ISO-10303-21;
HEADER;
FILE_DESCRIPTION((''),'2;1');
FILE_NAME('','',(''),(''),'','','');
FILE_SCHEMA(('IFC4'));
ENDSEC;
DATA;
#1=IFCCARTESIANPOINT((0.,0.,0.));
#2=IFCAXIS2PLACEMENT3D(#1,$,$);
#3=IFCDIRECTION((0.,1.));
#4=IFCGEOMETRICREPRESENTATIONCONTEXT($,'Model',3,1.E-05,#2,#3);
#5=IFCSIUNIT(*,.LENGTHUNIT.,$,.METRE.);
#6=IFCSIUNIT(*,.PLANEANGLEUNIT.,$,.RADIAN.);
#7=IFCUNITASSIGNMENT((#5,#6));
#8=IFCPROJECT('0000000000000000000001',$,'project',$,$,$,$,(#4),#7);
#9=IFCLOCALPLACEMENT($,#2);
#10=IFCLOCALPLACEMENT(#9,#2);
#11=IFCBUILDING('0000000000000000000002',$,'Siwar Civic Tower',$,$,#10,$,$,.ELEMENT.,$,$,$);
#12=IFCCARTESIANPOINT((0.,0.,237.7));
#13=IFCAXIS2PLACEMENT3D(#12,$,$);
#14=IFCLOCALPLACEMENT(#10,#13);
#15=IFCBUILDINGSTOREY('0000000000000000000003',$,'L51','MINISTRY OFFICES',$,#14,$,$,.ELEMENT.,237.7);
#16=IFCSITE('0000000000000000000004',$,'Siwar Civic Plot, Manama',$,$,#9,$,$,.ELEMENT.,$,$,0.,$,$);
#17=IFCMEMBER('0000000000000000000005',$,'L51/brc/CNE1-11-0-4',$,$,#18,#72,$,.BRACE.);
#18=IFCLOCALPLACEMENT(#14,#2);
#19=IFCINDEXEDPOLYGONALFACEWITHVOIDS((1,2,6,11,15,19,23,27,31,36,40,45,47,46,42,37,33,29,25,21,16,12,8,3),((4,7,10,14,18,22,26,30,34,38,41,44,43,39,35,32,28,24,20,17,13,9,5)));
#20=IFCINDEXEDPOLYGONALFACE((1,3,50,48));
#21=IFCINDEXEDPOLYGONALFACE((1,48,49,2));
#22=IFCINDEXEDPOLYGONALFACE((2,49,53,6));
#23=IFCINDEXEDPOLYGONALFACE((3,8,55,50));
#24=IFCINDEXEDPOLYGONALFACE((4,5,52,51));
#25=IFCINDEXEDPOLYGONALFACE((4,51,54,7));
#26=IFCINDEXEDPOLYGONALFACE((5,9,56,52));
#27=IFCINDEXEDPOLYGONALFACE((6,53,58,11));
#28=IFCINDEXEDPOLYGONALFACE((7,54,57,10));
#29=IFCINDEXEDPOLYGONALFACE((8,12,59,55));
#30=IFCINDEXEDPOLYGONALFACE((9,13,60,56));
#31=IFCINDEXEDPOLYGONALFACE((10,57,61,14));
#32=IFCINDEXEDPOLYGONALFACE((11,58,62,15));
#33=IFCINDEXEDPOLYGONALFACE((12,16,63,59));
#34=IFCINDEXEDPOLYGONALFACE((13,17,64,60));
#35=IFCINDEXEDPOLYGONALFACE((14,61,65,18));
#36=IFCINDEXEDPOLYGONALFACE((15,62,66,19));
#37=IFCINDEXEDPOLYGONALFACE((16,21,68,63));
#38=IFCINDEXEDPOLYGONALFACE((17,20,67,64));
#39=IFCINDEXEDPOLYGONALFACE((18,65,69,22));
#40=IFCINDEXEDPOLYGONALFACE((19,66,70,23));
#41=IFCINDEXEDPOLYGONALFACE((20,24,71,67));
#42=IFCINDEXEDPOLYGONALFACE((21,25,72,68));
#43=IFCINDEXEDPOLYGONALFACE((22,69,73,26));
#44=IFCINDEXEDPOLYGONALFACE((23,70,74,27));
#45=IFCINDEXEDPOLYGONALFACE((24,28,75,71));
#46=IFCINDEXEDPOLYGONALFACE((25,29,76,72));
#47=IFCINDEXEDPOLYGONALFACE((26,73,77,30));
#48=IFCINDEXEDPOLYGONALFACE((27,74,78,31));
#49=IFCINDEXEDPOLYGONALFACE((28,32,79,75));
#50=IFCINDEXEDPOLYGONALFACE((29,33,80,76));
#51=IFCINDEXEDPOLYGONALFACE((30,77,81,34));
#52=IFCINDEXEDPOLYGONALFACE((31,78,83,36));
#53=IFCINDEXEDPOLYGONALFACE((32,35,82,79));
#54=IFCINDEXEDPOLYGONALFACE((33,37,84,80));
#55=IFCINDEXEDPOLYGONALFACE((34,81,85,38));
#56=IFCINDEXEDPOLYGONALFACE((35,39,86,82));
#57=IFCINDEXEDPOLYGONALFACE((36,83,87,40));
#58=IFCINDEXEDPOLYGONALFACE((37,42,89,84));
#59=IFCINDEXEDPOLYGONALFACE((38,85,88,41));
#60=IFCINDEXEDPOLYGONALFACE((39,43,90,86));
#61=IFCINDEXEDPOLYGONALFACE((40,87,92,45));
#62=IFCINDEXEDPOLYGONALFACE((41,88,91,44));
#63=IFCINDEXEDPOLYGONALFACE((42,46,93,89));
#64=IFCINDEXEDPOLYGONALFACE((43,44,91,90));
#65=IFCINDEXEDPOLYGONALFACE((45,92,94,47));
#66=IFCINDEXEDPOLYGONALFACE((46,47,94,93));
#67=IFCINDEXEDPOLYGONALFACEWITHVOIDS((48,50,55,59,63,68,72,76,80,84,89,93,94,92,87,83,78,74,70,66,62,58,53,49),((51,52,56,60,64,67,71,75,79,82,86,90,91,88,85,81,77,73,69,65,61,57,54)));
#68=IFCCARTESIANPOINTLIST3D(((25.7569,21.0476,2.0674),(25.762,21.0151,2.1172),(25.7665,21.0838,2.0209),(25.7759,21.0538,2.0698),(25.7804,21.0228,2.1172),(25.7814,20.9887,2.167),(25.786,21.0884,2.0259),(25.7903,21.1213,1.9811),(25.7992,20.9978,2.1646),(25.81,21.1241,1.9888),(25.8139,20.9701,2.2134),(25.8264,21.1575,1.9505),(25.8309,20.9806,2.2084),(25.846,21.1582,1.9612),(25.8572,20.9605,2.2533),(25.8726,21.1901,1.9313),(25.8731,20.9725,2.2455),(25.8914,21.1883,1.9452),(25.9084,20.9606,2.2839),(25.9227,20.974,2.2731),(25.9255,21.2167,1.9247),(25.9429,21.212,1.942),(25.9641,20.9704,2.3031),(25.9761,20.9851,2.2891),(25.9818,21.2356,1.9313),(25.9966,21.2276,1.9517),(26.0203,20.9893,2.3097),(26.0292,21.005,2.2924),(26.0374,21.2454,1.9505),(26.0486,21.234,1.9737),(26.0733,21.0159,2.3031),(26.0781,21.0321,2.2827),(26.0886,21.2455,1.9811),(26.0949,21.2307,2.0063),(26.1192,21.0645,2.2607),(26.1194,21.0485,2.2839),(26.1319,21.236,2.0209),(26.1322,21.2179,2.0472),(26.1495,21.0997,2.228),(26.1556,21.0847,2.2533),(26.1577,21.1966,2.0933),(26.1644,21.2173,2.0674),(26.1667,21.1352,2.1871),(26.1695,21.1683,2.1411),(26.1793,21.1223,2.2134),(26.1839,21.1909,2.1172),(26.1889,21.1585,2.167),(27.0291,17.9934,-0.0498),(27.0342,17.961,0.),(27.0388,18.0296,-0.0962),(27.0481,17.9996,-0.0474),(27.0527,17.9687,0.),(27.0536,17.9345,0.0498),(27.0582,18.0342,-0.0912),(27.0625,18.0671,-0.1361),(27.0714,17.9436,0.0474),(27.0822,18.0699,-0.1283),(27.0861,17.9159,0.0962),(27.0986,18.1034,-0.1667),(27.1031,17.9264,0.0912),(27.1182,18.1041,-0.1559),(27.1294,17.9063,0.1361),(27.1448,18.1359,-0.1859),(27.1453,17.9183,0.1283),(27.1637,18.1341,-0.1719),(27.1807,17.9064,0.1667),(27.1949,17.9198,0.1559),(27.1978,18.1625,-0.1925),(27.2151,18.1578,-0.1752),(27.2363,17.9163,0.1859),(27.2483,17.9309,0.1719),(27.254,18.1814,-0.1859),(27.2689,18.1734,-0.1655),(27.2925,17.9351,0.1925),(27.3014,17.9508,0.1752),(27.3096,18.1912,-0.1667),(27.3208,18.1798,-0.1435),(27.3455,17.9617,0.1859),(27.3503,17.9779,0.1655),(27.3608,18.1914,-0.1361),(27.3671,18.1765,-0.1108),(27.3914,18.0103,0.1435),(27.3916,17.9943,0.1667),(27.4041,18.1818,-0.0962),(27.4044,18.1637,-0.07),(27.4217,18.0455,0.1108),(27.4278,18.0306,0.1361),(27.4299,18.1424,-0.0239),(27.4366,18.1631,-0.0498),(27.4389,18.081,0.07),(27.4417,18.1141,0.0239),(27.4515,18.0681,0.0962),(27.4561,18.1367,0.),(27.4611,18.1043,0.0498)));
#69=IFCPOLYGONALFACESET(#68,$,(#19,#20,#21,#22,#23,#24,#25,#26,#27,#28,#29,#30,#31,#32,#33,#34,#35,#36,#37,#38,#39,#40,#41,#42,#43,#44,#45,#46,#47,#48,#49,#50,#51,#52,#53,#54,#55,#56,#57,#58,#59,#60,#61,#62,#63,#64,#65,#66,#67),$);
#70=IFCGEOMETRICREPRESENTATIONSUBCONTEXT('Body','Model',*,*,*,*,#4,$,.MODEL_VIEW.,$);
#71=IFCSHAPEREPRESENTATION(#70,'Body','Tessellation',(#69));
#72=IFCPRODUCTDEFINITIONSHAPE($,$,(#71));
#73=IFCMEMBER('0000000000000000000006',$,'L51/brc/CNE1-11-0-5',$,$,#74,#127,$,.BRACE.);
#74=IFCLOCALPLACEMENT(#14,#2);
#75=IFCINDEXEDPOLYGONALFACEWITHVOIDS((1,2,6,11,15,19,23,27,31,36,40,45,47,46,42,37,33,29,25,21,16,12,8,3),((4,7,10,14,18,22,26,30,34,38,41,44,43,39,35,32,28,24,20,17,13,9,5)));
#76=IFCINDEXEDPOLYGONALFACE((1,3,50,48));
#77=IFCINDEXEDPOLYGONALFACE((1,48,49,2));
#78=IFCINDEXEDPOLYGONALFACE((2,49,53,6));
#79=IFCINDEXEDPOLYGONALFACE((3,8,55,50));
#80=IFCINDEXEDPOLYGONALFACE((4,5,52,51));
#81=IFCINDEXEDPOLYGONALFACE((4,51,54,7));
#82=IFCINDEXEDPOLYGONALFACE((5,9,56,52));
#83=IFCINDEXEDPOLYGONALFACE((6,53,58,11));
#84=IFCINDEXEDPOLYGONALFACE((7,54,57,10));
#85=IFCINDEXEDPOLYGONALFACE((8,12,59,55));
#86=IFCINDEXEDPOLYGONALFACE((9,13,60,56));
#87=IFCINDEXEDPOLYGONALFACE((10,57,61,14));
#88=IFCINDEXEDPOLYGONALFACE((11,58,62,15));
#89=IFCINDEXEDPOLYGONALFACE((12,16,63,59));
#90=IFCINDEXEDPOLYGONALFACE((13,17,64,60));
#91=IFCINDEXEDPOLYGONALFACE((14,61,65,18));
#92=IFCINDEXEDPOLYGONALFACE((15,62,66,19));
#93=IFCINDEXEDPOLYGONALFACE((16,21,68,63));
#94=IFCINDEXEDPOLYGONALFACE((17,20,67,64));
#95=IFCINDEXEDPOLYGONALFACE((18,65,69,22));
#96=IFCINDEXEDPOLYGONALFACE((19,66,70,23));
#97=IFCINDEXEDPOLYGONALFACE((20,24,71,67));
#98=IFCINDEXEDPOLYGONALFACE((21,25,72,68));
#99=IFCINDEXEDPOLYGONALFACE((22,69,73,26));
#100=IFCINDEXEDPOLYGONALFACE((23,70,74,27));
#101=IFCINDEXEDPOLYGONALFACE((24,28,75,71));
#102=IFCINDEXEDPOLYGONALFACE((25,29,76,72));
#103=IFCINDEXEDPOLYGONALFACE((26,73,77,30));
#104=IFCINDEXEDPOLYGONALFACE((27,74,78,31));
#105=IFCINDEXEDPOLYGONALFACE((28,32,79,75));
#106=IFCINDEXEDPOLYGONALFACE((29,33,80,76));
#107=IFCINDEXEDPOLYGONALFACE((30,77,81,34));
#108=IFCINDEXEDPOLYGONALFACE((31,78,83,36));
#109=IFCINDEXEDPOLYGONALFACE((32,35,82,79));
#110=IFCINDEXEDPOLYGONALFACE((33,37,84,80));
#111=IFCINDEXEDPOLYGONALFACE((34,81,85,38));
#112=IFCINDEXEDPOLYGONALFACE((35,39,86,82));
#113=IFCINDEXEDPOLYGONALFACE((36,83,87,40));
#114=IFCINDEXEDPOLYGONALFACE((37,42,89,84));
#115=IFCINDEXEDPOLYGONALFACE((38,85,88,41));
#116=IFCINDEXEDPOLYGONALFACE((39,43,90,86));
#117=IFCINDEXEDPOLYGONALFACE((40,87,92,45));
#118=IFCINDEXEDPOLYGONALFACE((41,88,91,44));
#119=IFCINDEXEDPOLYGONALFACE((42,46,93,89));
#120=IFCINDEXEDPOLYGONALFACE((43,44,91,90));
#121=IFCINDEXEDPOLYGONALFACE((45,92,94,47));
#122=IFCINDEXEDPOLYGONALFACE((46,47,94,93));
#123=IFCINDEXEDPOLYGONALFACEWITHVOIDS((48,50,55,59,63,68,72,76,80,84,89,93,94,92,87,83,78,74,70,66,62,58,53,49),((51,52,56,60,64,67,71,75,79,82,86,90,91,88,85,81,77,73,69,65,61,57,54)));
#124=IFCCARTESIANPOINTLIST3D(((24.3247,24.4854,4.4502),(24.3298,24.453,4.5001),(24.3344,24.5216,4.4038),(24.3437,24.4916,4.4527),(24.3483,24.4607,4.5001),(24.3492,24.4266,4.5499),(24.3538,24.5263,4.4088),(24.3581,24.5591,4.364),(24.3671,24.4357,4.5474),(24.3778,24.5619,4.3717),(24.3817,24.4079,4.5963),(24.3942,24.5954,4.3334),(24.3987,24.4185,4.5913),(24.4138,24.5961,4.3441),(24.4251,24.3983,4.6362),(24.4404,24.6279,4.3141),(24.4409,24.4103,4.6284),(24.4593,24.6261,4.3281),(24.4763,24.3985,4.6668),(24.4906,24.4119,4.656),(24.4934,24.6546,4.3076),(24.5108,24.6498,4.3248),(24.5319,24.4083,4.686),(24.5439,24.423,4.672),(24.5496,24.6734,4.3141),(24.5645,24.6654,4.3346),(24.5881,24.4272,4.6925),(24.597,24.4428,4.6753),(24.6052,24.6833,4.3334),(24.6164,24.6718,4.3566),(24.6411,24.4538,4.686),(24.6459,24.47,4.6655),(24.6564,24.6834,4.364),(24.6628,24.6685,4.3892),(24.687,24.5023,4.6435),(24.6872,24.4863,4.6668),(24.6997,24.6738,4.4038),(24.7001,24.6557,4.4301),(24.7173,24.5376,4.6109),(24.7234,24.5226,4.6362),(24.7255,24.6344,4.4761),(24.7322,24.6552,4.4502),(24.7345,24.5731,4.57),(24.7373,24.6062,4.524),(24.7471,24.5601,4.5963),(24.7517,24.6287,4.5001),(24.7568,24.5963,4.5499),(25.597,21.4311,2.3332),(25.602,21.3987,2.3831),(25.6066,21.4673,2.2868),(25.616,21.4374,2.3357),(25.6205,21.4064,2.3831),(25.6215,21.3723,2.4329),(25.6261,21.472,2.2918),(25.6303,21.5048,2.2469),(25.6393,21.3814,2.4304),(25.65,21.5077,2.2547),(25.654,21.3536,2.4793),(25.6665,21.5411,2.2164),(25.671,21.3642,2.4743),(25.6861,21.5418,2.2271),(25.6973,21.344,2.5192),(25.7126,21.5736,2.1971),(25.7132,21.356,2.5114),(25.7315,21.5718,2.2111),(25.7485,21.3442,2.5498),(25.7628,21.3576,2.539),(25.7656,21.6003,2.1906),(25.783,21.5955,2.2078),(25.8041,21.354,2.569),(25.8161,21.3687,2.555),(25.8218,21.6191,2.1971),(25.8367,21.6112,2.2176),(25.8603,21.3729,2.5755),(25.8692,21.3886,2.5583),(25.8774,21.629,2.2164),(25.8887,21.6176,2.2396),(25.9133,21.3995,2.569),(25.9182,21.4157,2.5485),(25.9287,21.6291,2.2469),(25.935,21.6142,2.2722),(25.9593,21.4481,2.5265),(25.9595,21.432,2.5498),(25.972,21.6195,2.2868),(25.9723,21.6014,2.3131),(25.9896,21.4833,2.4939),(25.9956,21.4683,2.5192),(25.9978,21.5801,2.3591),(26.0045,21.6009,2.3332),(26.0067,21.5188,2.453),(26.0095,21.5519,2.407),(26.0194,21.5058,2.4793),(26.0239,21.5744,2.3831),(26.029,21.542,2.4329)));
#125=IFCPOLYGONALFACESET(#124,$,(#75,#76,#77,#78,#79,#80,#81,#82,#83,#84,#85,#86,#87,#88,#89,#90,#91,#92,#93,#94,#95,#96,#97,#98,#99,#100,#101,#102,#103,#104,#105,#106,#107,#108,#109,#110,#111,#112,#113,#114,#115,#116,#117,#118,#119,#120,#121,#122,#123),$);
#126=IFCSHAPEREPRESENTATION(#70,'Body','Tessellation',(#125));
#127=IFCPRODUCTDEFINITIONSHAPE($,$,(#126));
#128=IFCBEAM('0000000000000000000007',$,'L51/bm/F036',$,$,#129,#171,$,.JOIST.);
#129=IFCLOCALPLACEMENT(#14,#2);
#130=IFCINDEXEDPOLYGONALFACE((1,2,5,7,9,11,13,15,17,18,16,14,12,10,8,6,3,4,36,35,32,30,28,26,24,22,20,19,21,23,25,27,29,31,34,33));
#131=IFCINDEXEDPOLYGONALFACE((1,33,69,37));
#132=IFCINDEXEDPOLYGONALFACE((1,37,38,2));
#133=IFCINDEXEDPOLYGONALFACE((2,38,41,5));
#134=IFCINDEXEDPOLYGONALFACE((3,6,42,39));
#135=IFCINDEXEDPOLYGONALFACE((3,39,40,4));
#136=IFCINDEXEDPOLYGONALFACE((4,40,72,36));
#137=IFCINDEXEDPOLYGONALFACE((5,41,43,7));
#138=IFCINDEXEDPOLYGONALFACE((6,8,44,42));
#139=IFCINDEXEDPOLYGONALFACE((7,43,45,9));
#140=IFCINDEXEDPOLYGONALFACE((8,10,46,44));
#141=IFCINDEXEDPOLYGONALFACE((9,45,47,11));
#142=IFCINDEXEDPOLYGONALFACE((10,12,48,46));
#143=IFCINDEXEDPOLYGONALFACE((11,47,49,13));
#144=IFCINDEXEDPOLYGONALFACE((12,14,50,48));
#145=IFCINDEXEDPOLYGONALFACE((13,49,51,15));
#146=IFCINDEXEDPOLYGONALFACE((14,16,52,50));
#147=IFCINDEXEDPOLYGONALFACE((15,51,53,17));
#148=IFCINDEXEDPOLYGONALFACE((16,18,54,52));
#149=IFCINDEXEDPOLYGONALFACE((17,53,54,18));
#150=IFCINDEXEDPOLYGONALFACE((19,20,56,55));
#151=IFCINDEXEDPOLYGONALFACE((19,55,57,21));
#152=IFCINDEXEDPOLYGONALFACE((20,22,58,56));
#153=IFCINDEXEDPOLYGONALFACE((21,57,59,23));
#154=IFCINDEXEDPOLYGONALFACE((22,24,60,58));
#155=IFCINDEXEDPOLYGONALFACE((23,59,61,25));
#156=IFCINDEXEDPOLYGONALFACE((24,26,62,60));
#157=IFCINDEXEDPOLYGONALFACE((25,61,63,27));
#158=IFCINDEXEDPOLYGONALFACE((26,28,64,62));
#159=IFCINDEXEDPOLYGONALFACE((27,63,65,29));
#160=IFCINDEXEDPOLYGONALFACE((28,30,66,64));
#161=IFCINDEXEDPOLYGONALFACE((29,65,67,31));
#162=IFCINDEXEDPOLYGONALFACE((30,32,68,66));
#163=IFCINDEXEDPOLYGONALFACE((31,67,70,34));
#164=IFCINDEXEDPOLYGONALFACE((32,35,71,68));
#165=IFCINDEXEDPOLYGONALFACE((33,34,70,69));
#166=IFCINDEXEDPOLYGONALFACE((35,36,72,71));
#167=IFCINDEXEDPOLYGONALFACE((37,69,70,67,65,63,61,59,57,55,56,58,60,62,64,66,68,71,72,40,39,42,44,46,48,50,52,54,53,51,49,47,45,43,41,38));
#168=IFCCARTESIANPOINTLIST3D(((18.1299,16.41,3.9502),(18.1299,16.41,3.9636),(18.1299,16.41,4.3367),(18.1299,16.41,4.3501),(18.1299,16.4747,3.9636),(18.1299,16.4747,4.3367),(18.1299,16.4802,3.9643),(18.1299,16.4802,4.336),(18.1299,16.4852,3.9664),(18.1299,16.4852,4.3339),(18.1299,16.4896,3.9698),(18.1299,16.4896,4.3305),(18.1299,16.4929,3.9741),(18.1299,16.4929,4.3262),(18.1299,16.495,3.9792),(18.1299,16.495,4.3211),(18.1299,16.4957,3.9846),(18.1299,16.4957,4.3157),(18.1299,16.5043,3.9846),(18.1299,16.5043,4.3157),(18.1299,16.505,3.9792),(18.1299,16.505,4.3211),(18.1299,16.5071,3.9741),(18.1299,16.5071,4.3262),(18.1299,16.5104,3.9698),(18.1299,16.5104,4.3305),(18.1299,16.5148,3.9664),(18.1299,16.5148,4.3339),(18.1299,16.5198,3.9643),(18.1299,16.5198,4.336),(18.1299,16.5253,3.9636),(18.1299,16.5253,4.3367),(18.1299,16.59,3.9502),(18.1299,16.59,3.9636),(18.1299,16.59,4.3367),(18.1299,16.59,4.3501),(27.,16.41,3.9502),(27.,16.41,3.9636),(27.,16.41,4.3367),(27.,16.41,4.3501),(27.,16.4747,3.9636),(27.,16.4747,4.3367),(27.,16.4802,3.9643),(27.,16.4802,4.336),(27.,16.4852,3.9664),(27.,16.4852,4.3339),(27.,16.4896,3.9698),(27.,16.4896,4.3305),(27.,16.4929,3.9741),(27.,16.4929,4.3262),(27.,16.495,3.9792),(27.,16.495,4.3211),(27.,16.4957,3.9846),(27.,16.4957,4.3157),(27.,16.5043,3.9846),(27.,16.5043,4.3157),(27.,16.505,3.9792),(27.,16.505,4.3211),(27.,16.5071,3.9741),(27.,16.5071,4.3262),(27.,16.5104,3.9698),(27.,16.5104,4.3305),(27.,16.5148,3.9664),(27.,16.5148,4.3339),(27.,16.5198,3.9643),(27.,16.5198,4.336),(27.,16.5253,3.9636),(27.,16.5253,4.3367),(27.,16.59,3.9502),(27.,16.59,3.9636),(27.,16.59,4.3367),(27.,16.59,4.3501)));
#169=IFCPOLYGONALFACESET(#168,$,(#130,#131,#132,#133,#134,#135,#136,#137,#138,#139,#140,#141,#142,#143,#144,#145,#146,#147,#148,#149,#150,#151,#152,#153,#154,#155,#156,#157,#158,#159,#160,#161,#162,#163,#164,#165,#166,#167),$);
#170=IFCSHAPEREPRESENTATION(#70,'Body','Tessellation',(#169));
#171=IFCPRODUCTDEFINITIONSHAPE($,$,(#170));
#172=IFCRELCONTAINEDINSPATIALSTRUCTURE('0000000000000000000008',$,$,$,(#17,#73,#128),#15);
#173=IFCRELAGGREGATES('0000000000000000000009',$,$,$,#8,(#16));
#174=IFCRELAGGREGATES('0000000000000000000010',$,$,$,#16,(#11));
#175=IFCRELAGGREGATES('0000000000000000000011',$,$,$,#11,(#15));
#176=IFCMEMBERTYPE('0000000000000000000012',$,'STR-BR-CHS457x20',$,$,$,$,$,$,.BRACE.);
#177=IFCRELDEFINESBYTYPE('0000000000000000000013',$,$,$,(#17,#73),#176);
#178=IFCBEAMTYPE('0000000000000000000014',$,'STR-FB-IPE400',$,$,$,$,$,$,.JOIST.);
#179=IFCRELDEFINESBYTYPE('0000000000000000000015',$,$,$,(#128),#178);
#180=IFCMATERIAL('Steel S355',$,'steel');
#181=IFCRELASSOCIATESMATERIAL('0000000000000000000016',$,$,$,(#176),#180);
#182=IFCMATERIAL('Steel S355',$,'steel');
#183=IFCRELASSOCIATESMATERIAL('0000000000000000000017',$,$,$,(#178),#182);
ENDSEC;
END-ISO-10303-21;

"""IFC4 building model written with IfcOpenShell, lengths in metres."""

from ifc_helpers import new_model, si_unit, direction, frame, origin, origin_2d, place, context, subcontext, project, spatial, hollow_circle, i_section, extrude, material, material_profile, profile_set, type_object, element, save


model = new_model("IFC4")

# Units and contexts
model_context = context("Model", 3, precision=1e-05, world=origin(), true_north=direction((0.0, 1.0)))
body_context = subcontext(model_context, "Body", "Model", "MODEL_VIEW")
ifc_project = project(units=[si_unit("LENGTHUNIT", "METRE"), si_unit("PLANEANGLEUNIT", "RADIAN")], contexts=[model_context])

# Site, building, storey
site_placement = place(None, origin())
site = spatial("IfcSite", under=ifc_project, at=site_placement, Name="Siwar Civic Plot, Manama", CompositionType="ELEMENT", RefElevation=0.0)
building_placement = place(site_placement, origin())
building = spatial("IfcBuilding", under=site, at=building_placement, Name="Siwar Civic Tower", CompositionType="ELEMENT")
storey_placement = place(building_placement, frame((0.0, 0.0, 237.7)))
storey = spatial("IfcBuildingStorey", under=building, at=storey_placement, Name="L51", Description="MINISTRY OFFICES", CompositionType="ELEMENT", Elevation=237.7)

# Members
ifc_material_1 = material(Name="Steel S355", Category="steel")
ifc_material_profile_1 = material_profile(ifc_material_1, hollow_circle(Radius=0.2285, WallThickness=0.02, at=origin_2d()), Name="CHS457x20")
ifc_profile_set_1 = profile_set([ifc_material_profile_1], Name="Steel S355")
member_type_1 = type_object("IfcMemberType", Name="STR-BR-CHS457x20", PredefinedType="BRACE", material=ifc_profile_set_1)
for number, where, z_axis, x_axis, name in (
    (1, (27.2451, 18.0488, 0.0), (-0.323884, 0.777546, 0.538999), (-0.923116, -0.384521, 0.0), "L51/brc/CNE1-11-0-4"),
    (2, (25.813, 21.4866, 2.3831), (-0.323895, 0.777572, 0.538955), (-0.923116, -0.384521, 0.0), "L51/brc/CNE1-11-0-5"),
):
    element("IfcMember", number, at=place(storey_placement, frame(where, z_axis=z_axis, x_axis=x_axis)), inside=storey, type_object=member_type_1, Name=name, PredefinedType="BRACE", context=body_context, shape_type="SweptSolid", body=[
        extrude(hollow_circle(Radius=0.2285, WallThickness=0.02, at=origin_2d()), origin(), (0.0, 0.0, 1.0), 3.928),
    ])

# Beam
ifc_material_2 = material(Name="Steel S355", Category="steel")
ifc_material_profile_2 = material_profile(ifc_material_2, i_section(OverallWidth=0.1799, OverallDepth=0.3999, WebThickness=0.0085, FlangeThickness=0.0134, FilletRadius=0.021, at=origin_2d()), Name="IPE400")
ifc_profile_set_2 = profile_set([ifc_material_profile_2], Name="Steel S355")
beam_type_1 = type_object("IfcBeamType", Name="STR-FB-IPE400", PredefinedType="JOIST", material=ifc_profile_set_2)
beam_1_placement = place(storey_placement, frame((18.1299, 16.5, 4.1501), z_axis=(1.0, 0.0, 0.0), x_axis=(0.0, 1.0, 0.0)))
element("IfcBeam", 3, at=beam_1_placement, inside=storey, type_object=beam_type_1, Name="L51/bm/F036", PredefinedType="JOIST", context=body_context, shape_type="SweptSolid", body=[
    extrude(i_section(OverallWidth=0.1799, OverallDepth=0.3999, WebThickness=0.0085, FlangeThickness=0.0134, FilletRadius=0.021, at=origin_2d()), origin(), (0.0, 0.0, 1.0), 8.8701),
])

save(model, "model.ifc")
